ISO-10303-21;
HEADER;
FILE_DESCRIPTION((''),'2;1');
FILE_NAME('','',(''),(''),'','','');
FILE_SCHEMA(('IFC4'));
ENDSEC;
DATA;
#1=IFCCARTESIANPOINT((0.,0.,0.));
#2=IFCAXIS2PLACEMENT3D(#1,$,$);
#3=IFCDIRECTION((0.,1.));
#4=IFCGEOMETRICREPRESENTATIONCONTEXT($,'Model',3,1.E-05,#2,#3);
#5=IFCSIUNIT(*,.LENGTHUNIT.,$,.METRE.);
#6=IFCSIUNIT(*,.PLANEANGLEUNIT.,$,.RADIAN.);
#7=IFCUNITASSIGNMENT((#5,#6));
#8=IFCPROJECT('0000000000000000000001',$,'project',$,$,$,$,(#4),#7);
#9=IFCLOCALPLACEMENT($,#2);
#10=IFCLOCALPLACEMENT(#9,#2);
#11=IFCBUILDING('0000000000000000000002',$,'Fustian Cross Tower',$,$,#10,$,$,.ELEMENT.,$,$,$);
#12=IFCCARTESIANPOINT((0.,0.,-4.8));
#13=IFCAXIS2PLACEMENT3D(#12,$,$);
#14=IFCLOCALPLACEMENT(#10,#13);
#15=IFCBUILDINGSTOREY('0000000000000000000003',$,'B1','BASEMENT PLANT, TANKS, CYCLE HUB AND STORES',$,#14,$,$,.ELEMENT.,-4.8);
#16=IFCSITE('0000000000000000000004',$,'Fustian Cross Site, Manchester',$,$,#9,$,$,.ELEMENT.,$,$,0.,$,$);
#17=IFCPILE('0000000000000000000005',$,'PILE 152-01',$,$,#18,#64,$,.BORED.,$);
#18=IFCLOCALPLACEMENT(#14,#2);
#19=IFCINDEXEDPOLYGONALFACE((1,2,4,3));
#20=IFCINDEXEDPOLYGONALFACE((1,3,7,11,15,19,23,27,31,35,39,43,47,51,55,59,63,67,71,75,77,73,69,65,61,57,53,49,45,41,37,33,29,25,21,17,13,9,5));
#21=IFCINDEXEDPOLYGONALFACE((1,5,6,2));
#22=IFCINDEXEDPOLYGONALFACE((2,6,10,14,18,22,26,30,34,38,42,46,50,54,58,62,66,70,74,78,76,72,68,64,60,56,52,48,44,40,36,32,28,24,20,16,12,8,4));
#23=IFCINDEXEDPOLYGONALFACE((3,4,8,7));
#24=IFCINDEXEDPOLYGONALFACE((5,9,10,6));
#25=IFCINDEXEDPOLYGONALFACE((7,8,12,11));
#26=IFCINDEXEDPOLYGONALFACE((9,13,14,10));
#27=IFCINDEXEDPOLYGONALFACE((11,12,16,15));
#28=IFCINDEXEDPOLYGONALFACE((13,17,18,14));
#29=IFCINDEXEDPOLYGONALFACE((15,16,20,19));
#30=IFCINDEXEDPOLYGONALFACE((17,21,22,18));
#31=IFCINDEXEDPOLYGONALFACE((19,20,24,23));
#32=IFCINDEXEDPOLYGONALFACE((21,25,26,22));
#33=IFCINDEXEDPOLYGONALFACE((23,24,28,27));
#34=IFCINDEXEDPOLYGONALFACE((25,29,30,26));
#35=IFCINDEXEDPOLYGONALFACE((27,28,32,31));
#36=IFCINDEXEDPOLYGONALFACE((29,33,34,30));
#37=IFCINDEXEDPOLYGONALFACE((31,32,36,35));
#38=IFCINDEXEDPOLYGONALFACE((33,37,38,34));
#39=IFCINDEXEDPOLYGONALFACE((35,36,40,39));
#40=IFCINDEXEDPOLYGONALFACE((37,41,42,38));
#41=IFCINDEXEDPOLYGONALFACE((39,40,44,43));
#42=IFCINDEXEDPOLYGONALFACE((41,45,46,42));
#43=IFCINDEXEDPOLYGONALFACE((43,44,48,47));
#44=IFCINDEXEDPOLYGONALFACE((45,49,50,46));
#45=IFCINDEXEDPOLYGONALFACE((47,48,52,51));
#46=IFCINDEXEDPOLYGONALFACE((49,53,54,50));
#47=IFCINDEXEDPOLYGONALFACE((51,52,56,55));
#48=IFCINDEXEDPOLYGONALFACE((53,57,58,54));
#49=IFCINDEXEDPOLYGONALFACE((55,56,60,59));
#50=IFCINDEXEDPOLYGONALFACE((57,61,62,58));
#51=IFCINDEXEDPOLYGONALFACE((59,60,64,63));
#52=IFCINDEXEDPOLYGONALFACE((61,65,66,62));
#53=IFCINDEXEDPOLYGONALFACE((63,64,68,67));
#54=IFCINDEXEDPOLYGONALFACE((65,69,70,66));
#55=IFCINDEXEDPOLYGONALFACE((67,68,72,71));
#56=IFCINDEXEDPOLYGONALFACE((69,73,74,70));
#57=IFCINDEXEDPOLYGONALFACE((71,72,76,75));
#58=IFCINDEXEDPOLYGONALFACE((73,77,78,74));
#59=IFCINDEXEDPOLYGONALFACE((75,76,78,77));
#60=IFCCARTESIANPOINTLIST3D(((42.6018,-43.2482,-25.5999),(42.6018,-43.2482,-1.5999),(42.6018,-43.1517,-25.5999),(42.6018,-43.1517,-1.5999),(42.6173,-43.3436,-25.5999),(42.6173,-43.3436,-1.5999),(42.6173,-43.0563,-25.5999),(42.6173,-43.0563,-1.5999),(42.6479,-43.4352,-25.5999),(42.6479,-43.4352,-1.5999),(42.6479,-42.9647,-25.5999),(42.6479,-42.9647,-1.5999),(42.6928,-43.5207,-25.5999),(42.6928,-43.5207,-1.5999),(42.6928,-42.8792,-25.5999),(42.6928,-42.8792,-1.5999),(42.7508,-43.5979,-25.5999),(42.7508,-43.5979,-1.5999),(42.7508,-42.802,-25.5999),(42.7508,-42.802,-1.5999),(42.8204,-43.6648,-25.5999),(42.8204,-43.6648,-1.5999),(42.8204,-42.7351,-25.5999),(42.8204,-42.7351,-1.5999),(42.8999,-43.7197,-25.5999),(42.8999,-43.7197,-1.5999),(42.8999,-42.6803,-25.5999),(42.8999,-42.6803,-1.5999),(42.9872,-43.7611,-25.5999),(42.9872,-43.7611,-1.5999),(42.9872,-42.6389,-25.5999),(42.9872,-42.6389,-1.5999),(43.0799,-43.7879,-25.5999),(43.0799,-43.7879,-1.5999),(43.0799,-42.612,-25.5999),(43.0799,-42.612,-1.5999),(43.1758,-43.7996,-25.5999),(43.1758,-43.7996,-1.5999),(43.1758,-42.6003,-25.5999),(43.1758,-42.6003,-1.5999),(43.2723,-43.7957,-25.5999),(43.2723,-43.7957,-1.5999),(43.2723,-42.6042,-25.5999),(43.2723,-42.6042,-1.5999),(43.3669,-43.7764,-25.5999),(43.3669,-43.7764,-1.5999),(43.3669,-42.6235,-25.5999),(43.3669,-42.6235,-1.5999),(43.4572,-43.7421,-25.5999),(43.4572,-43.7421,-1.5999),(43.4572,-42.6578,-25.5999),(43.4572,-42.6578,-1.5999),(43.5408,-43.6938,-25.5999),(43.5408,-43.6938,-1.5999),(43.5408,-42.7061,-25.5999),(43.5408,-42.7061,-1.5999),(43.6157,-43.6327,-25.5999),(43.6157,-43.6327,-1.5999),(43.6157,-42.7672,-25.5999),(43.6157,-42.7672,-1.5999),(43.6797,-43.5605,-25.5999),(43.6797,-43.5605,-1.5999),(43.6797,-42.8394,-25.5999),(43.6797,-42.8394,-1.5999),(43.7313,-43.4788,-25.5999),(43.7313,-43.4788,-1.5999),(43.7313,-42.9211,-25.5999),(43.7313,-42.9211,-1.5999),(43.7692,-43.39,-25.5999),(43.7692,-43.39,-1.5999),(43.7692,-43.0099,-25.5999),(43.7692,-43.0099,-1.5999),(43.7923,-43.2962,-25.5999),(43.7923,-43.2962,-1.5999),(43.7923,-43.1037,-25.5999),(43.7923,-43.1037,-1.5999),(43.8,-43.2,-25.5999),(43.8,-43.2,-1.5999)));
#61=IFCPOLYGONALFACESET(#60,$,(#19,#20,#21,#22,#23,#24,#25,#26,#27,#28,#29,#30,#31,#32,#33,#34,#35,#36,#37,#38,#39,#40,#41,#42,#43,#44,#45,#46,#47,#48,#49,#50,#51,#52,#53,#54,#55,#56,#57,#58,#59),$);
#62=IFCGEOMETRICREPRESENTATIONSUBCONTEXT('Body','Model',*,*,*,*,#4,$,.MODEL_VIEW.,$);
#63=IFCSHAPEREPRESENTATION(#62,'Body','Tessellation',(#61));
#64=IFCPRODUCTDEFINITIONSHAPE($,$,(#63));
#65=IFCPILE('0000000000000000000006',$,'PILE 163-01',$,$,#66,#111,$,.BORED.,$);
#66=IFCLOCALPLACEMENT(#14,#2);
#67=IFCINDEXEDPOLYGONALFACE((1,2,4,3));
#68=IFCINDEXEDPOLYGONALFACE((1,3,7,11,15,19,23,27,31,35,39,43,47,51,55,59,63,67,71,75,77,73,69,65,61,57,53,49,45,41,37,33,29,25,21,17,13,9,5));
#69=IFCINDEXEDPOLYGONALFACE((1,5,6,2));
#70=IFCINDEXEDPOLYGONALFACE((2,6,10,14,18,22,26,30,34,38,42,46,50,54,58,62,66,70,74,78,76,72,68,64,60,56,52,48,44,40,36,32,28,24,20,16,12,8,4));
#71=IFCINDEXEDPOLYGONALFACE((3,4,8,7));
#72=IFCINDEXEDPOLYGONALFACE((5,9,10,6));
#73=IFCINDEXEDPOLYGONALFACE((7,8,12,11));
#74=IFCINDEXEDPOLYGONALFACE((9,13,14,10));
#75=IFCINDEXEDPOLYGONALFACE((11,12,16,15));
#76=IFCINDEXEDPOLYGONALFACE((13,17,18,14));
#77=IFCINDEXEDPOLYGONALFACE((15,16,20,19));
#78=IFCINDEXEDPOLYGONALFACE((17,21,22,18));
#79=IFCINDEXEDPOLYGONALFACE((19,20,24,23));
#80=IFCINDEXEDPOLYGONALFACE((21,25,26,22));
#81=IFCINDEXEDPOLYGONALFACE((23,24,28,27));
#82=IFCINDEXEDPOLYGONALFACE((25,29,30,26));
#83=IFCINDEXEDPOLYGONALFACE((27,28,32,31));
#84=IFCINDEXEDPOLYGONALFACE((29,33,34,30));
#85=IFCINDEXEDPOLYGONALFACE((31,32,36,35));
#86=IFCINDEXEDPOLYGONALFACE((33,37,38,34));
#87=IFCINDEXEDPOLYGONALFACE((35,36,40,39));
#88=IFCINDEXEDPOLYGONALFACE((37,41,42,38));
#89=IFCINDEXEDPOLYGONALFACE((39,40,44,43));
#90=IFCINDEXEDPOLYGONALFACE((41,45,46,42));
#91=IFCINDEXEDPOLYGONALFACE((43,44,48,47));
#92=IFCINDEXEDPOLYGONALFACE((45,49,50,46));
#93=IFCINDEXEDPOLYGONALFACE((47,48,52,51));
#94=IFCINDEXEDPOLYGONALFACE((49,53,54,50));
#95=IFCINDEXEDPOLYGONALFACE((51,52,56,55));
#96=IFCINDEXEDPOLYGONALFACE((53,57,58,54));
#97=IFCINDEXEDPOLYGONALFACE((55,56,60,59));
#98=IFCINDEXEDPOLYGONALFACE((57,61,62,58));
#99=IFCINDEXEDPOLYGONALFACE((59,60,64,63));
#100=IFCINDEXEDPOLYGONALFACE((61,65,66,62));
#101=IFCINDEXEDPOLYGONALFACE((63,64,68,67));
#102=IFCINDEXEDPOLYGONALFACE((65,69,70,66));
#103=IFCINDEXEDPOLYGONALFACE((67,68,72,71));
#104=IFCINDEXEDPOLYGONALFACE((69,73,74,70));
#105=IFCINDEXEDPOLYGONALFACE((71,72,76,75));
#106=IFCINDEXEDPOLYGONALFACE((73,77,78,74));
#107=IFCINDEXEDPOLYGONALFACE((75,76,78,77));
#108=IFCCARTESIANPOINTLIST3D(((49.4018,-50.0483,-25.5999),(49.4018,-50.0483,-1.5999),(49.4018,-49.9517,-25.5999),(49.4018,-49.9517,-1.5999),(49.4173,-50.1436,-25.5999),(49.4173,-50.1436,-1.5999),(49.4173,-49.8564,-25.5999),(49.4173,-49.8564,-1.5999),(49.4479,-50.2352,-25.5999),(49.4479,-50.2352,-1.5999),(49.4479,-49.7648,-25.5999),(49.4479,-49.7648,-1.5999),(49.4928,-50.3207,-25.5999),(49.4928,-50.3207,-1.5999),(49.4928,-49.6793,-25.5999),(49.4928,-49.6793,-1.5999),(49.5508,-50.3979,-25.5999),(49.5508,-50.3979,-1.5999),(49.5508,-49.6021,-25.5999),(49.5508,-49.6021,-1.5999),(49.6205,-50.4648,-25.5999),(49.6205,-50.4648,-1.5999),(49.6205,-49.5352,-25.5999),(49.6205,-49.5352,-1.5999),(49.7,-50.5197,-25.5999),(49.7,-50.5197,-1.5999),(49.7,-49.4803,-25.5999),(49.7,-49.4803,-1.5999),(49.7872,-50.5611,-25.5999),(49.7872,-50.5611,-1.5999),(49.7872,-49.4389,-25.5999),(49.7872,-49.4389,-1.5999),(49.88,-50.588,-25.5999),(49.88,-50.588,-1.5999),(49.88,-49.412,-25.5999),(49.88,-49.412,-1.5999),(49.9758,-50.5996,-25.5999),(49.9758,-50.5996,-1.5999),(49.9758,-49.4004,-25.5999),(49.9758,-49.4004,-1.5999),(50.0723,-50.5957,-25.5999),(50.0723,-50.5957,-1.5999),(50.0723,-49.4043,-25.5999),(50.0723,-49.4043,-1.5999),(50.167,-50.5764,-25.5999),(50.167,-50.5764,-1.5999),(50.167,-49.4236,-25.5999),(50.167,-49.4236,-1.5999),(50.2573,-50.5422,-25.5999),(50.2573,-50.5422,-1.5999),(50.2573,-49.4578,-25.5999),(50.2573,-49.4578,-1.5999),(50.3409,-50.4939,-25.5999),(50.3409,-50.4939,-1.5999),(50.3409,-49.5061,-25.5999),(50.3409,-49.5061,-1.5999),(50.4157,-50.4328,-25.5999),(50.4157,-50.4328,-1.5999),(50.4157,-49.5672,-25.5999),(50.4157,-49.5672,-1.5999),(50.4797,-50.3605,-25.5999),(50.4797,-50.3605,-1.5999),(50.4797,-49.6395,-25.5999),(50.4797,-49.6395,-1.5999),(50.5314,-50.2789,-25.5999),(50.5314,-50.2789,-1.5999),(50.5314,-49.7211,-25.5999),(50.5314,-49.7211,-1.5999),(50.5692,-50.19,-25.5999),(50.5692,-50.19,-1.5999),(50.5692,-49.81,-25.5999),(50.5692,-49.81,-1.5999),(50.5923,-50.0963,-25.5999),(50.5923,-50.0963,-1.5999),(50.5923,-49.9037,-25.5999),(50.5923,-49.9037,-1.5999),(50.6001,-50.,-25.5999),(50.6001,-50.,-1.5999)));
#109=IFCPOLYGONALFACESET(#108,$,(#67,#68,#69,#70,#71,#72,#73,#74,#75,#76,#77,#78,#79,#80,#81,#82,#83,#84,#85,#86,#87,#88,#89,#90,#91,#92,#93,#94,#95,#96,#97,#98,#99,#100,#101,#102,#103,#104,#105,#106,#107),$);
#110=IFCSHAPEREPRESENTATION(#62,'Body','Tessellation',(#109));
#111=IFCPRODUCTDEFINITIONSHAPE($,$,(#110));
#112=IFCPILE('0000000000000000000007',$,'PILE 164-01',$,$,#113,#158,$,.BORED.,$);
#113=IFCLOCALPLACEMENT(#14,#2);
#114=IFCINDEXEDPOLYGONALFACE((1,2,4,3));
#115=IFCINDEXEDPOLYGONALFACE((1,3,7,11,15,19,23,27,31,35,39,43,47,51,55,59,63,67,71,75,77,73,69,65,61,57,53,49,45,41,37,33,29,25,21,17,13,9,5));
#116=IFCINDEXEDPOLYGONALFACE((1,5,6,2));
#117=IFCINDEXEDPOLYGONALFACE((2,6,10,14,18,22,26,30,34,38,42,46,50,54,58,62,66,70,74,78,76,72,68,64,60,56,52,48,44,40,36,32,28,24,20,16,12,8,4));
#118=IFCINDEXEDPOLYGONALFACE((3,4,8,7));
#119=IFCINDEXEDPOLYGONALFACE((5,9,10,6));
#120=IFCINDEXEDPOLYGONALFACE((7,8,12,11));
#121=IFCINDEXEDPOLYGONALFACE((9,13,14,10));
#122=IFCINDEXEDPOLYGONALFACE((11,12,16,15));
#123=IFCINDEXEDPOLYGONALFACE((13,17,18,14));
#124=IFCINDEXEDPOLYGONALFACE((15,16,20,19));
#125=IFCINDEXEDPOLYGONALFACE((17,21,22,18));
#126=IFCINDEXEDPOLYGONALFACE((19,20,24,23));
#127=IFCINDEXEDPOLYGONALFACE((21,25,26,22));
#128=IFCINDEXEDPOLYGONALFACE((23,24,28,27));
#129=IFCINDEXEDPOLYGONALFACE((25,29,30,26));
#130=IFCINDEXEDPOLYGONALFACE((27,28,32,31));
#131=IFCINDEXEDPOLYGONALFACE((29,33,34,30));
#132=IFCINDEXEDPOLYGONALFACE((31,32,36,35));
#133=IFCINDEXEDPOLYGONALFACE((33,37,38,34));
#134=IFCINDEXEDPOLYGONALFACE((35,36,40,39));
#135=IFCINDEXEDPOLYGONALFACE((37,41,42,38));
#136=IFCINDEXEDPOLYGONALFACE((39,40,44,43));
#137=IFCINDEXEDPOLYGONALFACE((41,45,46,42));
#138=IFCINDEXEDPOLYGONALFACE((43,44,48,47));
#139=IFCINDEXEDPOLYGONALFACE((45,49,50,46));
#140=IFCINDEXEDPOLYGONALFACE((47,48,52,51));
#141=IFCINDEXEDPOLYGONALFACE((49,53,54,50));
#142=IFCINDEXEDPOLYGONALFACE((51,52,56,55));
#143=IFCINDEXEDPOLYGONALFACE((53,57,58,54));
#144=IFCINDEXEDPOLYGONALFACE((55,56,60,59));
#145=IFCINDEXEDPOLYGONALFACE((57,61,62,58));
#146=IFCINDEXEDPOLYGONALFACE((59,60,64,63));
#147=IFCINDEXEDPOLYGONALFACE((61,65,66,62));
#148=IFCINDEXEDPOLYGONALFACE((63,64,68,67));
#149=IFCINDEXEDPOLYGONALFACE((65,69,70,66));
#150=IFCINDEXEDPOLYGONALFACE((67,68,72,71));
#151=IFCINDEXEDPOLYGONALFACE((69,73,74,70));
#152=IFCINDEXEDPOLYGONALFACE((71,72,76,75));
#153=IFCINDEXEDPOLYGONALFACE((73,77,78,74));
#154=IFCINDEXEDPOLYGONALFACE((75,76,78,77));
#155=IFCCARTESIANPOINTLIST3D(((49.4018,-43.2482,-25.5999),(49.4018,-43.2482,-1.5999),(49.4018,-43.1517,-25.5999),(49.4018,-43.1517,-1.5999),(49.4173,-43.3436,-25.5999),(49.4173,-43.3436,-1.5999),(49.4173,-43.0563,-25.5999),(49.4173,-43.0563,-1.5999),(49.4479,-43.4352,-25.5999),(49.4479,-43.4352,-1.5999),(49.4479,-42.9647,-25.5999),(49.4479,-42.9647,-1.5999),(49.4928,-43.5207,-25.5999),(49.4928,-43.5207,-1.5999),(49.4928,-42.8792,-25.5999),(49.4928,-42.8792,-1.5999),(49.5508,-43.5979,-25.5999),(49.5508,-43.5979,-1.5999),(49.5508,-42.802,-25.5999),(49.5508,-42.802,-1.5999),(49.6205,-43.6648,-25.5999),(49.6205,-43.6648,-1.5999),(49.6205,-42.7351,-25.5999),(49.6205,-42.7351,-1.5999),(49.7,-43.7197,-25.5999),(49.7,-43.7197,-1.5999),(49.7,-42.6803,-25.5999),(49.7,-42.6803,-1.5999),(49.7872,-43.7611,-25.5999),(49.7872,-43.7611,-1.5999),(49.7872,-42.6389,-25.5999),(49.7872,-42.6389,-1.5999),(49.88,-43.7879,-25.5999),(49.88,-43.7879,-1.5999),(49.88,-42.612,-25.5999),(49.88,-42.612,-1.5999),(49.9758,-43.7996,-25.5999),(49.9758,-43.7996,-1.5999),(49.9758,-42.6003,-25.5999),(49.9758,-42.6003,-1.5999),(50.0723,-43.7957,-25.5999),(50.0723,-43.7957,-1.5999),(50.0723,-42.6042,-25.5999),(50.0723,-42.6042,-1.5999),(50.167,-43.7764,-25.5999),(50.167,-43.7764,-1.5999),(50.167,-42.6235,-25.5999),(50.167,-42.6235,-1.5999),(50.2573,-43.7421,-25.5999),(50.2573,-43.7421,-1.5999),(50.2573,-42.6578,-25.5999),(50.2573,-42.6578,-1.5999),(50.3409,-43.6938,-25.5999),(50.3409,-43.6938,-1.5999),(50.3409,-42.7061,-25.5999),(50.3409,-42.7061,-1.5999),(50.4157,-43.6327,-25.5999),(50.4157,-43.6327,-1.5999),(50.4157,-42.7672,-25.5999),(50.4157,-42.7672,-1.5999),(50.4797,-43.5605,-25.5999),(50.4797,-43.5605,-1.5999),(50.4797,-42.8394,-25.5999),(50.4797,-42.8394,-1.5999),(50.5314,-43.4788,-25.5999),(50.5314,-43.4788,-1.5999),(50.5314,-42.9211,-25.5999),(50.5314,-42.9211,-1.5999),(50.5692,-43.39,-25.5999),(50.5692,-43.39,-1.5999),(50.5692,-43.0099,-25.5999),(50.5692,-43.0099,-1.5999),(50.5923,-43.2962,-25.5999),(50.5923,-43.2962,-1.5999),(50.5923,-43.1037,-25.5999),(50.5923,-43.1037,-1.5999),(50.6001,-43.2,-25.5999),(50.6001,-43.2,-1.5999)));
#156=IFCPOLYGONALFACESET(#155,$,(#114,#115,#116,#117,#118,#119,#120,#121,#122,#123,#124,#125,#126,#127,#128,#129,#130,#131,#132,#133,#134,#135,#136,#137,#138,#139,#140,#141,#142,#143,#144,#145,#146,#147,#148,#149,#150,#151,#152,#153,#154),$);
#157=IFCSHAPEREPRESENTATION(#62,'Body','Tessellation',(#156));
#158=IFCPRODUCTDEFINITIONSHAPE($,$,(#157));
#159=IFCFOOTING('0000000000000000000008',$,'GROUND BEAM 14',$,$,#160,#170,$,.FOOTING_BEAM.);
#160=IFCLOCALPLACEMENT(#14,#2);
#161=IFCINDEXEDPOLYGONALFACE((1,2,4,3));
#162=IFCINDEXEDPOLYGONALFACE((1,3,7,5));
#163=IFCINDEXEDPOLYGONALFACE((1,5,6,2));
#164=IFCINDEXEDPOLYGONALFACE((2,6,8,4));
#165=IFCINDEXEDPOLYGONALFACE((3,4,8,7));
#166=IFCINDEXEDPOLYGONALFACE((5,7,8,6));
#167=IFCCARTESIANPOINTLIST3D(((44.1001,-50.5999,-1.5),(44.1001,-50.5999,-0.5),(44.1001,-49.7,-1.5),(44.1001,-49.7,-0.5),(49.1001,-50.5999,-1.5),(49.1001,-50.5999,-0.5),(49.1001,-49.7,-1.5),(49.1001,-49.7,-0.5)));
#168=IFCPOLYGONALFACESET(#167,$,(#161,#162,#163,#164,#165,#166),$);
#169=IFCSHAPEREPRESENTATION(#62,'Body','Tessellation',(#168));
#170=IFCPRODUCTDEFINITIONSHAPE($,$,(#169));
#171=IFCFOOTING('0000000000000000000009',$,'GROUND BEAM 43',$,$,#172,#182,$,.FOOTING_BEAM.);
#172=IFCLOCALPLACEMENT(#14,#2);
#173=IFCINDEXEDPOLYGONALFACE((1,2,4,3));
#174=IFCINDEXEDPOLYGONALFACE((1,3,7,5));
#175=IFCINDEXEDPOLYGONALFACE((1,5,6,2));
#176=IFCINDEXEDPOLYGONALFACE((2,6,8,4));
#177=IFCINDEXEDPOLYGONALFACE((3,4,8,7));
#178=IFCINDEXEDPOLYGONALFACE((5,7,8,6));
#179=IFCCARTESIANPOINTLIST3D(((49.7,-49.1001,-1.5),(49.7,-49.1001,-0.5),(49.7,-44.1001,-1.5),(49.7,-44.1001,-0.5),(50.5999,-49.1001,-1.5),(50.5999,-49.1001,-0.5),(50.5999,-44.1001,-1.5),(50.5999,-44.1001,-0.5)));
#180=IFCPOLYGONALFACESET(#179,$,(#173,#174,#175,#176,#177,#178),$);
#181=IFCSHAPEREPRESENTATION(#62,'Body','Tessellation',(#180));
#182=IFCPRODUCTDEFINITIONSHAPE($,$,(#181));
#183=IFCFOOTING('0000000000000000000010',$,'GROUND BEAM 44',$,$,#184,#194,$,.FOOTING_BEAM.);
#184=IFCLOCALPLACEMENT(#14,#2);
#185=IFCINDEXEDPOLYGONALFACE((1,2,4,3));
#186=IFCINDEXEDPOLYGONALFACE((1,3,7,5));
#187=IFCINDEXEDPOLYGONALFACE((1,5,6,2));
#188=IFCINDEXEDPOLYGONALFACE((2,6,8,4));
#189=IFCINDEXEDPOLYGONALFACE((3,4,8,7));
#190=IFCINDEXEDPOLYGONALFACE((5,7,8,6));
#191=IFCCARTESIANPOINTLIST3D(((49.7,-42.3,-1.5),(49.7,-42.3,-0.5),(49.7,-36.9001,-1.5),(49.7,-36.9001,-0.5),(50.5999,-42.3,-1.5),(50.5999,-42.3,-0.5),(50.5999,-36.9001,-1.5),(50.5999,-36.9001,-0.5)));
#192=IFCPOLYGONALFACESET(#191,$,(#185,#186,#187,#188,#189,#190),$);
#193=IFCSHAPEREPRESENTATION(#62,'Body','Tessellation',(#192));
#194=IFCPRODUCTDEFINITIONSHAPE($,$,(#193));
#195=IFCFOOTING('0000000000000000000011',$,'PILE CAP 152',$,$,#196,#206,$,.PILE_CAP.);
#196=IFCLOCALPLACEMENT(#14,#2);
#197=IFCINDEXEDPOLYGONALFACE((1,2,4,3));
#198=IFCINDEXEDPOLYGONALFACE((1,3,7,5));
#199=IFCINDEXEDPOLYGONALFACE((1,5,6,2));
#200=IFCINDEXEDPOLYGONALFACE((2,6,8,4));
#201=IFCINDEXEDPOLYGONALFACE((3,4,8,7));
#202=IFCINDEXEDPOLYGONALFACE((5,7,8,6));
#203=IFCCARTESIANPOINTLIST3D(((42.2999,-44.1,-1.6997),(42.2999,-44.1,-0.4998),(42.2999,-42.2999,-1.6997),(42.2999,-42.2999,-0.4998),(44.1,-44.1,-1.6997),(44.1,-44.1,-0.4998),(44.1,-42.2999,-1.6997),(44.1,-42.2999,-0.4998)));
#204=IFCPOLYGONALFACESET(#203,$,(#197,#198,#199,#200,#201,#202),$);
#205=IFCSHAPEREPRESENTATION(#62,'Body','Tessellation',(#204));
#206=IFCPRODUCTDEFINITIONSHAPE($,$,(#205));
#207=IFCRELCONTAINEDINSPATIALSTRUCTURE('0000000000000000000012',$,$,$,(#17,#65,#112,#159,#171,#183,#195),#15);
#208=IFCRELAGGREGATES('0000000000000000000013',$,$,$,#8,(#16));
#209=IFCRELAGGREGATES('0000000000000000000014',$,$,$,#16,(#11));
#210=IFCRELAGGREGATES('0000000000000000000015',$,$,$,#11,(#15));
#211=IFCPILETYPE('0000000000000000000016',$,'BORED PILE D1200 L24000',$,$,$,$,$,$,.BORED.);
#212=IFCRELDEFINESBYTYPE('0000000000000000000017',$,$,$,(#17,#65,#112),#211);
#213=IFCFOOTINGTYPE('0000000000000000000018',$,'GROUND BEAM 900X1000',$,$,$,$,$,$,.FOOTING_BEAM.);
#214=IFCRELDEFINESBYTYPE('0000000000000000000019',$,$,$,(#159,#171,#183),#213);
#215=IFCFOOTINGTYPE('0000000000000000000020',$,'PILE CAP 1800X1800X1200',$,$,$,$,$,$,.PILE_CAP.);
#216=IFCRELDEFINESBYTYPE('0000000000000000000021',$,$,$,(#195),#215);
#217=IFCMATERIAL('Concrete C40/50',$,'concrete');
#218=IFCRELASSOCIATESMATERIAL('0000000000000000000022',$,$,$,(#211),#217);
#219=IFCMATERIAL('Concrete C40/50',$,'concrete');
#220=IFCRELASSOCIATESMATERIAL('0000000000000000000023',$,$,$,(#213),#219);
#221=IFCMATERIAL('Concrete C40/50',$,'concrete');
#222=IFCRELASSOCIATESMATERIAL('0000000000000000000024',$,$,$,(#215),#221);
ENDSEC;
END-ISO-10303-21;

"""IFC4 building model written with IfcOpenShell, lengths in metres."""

from ifc_helpers import new_model, si_unit, direction, frame, origin, origin_2d, place, context, subcontext, project, spatial, rectangle, circle, extrude, material, material_profile, profile_set, type_object, element, save


model = new_model("IFC4")

# Units and contexts
model_context = context("Model", 3, precision=1e-05, world=origin(), true_north=direction((0.0, 1.0)))
body_context = subcontext(model_context, "Body", "Model", "MODEL_VIEW")
ifc_project = project(units=[si_unit("LENGTHUNIT", "METRE"), si_unit("PLANEANGLEUNIT", "RADIAN")], contexts=[model_context])

# Site, building, storey
site_placement = place(None, origin())
site = spatial("IfcSite", under=ifc_project, at=site_placement, Name="Fustian Cross Site, Manchester", CompositionType="ELEMENT", RefElevation=0.0)
building_placement = place(site_placement, origin())
building = spatial("IfcBuilding", under=site, at=building_placement, Name="Fustian Cross Tower", CompositionType="ELEMENT")
storey_placement = place(building_placement, frame((0.0, 0.0, -4.8)))
storey = spatial("IfcBuildingStorey", under=building, at=storey_placement, Name="B1", Description="BASEMENT PLANT, TANKS, CYCLE HUB AND STORES", CompositionType="ELEMENT", Elevation=-4.8)

# Piles
ifc_material_1 = material(Name="Concrete C40/50", Category="concrete")
ifc_material_profile_1 = material_profile(ifc_material_1, circle(Radius=0.6001, at=origin_2d()), Name="BORED PILE D1200 L24000")
ifc_profile_set_1 = profile_set([ifc_material_profile_1], Name="Concrete C40/50")
pile_type = type_object("IfcPileType", Name="BORED PILE D1200 L24000", PredefinedType="BORED", material=ifc_profile_set_1)
for number, where, z_axis, x_axis, name in (
    (1, (43.2, -43.2, -1.5999), (0.0, 0.0, -1.0), (1.0, 0.0, 0.0), "PILE 152-01"),
    (2, (50.0, -50.0, -1.5999), (0.0, 0.0, -1.0), (1.0, 0.0, 0.0), "PILE 163-01"),
    (3, (50.0, -43.2, -1.5999), (0.0, 0.0, -1.0), (1.0, 0.0, 0.0), "PILE 164-01"),
):
    element("IfcPile", number, at=place(storey_placement, frame(where, z_axis=z_axis, x_axis=x_axis)), inside=storey, type_object=pile_type, Name=name, PredefinedType="BORED", context=body_context, shape_type="SweptSolid", body=[
        extrude(circle(Radius=0.6001, at=origin_2d()), origin(), (0.0, 0.0, 1.0), 24.0),
    ])

# Footings
ifc_material_2 = material(Name="Concrete C40/50", Category="concrete")
footing_type_1 = type_object("IfcFootingType", Name="GROUND BEAM 900X1000", PredefinedType="FOOTING_BEAM", material=ifc_material_2)
footing_1_placement = place(storey_placement, frame((46.6001, -50.1499, -1.5), z_axis=(0.0, 0.0, 1.0), x_axis=(1.0, 0.0, 0.0)))
element("IfcFooting", 4, at=footing_1_placement, inside=storey, type_object=footing_type_1, Name="GROUND BEAM 14", PredefinedType="FOOTING_BEAM", context=body_context, shape_type="SweptSolid", body=[
    extrude(rectangle(XDim=5.0, YDim=0.8999, at=origin_2d()), origin(), (0.0, 0.0, 1.0), 1.0),
])
footing_2_placement = place(storey_placement, frame((50.1499, -46.6001, -1.5), z_axis=(0.0, 0.0, 1.0), x_axis=(1.0, 0.0, 0.0)))
element("IfcFooting", 5, at=footing_2_placement, inside=storey, type_object=footing_type_1, Name="GROUND BEAM 43", PredefinedType="FOOTING_BEAM", context=body_context, shape_type="SweptSolid", body=[
    extrude(rectangle(XDim=0.8999, YDim=5.0, at=origin_2d()), origin(), (0.0, 0.0, 1.0), 1.0),
])
footing_3_placement = place(storey_placement, frame((50.1499, -39.6001, -1.5), z_axis=(0.0, 0.0, 1.0), x_axis=(1.0, 0.0, 0.0)))
element("IfcFooting", 6, at=footing_3_placement, inside=storey, type_object=footing_type_1, Name="GROUND BEAM 44", PredefinedType="FOOTING_BEAM", context=body_context, shape_type="SweptSolid", body=[
    extrude(rectangle(XDim=0.8999, YDim=5.3999, at=origin_2d()), origin(), (0.0, 0.0, 1.0), 1.0),
])
ifc_material_3 = material(Name="Concrete C40/50", Category="concrete")
footing_type_2 = type_object("IfcFootingType", Name="PILE CAP 1800X1800X1200", PredefinedType="PILE_CAP", material=ifc_material_3)
for number, where, z_axis, x_axis, name in (
    (7, (43.2, -43.2, -1.6997), (0.0, 0.0, 1.0), (1.0, 0.0, 0.0), "PILE CAP 152"),
):
    element("IfcFooting", number, at=place(storey_placement, frame(where, z_axis=z_axis, x_axis=x_axis)), inside=storey, type_object=footing_type_2, Name=name, PredefinedType="PILE_CAP", context=body_context, shape_type="SweptSolid", body=[
        extrude(rectangle(XDim=1.8, YDim=1.8, at=origin_2d()), origin(), (0.0, 0.0, 1.0), 1.2),
    ])

save(model, "model.ifc")
